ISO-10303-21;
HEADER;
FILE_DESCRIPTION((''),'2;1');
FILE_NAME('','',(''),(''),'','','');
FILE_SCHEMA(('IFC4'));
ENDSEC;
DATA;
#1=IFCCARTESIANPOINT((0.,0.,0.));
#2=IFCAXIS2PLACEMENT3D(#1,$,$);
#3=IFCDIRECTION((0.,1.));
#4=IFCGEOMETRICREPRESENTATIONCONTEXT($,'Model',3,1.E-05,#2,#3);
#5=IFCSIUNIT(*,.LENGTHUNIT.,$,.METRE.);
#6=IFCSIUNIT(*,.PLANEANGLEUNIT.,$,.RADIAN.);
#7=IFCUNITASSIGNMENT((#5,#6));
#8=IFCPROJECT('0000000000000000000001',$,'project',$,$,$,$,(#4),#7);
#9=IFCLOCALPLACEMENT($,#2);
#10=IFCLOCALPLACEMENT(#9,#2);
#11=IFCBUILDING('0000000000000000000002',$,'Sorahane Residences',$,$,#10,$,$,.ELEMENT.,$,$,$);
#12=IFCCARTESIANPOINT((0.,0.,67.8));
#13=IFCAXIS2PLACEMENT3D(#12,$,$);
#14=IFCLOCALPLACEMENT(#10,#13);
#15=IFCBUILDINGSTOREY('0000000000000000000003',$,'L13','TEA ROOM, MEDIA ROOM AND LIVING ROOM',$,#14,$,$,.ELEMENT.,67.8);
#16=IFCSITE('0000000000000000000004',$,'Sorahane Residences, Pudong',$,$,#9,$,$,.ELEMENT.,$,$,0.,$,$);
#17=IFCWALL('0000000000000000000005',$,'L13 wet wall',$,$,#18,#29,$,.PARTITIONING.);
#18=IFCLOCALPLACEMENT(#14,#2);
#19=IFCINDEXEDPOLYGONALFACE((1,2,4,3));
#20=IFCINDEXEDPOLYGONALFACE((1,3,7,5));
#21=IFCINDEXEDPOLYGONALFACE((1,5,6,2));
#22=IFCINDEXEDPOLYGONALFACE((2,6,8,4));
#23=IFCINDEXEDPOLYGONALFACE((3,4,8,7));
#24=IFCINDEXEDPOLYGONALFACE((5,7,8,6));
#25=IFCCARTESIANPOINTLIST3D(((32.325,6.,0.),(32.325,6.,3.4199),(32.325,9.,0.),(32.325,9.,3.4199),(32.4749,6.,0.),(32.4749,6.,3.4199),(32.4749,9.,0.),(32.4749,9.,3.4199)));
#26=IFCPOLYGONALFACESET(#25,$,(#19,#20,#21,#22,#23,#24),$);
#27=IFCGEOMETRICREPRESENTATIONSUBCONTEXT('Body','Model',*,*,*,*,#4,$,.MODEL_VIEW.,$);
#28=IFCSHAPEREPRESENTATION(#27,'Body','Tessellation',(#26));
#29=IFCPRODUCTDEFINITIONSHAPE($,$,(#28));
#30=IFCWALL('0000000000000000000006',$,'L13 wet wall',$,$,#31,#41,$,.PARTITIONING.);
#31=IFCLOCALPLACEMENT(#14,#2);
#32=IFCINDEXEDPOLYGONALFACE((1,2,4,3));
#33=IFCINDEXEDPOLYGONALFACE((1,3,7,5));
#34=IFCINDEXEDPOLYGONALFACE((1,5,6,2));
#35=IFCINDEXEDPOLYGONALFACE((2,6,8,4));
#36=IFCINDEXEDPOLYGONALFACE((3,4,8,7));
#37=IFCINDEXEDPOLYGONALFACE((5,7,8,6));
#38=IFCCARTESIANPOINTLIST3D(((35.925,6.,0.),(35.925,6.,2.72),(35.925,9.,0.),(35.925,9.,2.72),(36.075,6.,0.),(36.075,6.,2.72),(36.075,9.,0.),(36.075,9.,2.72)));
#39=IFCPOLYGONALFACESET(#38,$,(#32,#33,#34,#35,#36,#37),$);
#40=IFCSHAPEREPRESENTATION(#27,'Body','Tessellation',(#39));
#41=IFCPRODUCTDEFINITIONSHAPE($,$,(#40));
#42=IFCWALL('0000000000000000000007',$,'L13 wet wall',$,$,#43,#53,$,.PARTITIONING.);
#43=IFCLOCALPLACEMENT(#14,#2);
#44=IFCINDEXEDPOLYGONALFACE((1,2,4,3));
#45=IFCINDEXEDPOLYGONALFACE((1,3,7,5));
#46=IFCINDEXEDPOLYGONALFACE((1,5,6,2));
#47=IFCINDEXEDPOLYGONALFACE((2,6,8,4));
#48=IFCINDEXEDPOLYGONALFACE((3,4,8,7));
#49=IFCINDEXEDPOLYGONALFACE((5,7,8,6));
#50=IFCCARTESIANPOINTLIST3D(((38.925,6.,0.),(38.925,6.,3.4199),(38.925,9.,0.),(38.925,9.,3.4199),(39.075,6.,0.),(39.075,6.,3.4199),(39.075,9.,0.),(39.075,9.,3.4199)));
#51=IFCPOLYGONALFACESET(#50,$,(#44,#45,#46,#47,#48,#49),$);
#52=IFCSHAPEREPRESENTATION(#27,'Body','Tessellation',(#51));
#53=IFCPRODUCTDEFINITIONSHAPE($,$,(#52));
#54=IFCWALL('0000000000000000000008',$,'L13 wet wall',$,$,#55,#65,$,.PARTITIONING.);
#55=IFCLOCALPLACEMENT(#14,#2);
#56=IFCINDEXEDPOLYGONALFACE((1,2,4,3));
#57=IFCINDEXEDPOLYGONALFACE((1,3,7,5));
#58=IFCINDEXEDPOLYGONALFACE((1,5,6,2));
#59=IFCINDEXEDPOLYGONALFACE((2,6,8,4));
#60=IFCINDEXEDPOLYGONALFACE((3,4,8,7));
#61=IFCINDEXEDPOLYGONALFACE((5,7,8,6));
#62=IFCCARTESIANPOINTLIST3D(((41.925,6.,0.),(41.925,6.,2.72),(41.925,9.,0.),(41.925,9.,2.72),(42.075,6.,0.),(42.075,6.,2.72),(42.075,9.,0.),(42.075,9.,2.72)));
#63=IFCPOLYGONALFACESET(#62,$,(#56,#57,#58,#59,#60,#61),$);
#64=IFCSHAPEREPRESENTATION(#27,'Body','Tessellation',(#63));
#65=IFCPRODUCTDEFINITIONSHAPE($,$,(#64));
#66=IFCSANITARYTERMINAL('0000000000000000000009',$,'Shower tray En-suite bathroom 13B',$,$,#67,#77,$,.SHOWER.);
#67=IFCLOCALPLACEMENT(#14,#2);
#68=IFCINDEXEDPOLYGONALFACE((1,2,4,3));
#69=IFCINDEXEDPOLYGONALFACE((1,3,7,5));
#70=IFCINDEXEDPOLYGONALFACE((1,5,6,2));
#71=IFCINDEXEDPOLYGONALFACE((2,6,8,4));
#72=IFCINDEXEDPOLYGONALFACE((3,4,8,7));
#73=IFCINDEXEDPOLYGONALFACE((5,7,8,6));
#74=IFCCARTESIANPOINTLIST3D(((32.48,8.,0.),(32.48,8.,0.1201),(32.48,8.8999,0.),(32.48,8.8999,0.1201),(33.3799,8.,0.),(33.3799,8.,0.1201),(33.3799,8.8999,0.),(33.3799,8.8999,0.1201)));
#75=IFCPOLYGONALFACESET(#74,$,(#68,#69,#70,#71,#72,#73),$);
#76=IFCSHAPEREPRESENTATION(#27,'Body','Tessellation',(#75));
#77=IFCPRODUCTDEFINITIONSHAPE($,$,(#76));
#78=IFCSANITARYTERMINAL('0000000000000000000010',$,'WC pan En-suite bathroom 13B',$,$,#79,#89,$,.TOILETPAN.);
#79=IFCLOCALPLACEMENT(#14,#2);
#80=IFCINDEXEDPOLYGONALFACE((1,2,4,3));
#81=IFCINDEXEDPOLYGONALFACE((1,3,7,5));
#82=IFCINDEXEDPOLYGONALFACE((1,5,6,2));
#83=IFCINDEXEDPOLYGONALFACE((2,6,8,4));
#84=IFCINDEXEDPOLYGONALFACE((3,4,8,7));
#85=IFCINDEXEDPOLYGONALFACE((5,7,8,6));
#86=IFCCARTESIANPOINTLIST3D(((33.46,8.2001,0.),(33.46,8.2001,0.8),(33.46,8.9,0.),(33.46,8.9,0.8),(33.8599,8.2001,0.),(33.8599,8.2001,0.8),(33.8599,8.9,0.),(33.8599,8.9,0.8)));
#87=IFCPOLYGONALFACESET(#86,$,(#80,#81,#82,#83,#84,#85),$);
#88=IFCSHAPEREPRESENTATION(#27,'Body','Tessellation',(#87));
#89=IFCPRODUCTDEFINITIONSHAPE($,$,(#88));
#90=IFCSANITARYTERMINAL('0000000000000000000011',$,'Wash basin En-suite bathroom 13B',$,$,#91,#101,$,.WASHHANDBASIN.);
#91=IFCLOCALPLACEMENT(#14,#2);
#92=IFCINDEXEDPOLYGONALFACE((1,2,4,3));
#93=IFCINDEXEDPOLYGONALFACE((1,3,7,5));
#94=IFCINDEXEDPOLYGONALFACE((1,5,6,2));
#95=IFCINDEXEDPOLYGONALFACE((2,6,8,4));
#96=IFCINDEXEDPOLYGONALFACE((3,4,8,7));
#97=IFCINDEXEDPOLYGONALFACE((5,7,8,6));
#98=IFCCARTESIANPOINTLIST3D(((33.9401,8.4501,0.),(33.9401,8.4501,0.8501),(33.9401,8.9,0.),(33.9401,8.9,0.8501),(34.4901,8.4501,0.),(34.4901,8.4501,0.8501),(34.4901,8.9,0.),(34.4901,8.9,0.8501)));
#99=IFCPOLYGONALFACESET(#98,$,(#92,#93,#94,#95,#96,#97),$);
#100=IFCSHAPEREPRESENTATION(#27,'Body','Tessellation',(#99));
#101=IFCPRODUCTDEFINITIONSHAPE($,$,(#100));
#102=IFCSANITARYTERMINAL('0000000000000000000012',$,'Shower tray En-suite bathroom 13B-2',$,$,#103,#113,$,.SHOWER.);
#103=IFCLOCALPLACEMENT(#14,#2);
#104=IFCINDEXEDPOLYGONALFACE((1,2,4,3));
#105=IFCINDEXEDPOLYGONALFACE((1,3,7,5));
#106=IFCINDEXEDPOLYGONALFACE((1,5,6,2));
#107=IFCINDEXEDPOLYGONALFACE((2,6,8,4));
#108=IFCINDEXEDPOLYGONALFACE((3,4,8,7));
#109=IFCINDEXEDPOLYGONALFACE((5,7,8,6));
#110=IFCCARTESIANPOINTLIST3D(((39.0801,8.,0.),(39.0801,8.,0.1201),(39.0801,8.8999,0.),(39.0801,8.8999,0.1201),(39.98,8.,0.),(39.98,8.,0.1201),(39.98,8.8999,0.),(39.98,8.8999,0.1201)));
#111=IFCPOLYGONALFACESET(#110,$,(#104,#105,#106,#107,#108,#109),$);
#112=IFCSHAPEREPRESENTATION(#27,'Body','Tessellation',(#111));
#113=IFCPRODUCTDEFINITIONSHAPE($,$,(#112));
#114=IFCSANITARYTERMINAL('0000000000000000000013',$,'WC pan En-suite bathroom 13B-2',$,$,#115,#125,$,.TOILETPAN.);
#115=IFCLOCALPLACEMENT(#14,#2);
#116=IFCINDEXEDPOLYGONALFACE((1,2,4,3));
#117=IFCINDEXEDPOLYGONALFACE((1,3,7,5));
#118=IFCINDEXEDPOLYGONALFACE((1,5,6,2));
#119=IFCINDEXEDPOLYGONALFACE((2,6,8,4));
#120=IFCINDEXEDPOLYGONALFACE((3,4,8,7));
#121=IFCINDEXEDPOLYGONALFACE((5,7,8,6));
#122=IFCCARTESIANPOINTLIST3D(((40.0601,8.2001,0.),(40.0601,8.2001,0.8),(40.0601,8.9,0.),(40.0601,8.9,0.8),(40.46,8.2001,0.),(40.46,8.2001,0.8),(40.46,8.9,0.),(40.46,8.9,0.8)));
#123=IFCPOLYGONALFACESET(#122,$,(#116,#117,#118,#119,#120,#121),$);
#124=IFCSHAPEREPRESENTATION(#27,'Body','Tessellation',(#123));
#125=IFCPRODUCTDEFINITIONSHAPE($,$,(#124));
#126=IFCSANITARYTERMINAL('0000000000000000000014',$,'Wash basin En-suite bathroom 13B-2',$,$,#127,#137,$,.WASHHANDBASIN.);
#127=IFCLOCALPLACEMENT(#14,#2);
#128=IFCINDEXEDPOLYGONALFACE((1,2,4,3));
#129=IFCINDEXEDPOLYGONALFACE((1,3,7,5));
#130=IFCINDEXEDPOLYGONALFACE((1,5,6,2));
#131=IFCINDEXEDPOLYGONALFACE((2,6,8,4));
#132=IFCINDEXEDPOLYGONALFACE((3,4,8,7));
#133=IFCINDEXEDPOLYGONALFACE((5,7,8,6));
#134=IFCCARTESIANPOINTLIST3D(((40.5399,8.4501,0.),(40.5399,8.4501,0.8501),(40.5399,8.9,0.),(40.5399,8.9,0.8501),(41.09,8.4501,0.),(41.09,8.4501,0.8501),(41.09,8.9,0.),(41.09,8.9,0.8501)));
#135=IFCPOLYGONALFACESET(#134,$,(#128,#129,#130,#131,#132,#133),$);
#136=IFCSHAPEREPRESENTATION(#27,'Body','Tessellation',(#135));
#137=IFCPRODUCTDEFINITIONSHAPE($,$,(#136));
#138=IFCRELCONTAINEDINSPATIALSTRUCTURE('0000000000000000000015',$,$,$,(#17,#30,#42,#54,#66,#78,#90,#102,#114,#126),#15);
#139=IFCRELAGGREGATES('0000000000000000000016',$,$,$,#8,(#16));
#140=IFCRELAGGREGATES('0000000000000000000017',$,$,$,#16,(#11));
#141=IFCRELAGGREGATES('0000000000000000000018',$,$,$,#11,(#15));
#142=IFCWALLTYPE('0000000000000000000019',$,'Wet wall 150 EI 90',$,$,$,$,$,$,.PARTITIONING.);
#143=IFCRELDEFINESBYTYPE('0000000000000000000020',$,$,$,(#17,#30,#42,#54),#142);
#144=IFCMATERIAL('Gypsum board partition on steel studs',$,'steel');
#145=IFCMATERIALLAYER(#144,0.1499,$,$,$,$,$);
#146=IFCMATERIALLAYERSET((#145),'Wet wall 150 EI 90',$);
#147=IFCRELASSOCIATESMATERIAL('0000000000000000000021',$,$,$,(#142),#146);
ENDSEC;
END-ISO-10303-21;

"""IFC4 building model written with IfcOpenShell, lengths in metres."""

from ifc_helpers import new_model, si_unit, direction, frame, frame_2d, origin, origin_2d, place, context, subcontext, project, spatial, rectangle, extrude, material, layer, layer_set, type_object, element, save


model = new_model("IFC4")

# Units and contexts
model_context = context("Model", 3, precision=1e-05, world=origin(), true_north=direction((0.0, 1.0)))
body_context = subcontext(model_context, "Body", "Model", "MODEL_VIEW")
ifc_project = project(units=[si_unit("LENGTHUNIT", "METRE"), si_unit("PLANEANGLEUNIT", "RADIAN")], contexts=[model_context])

# Site, building, storey
site_placement = place(None, origin())
site = spatial("IfcSite", under=ifc_project, at=site_placement, Name="Sorahane Residences, Pudong", CompositionType="ELEMENT", RefElevation=0.0)
building_placement = place(site_placement, origin())
building = spatial("IfcBuilding", under=site, at=building_placement, Name="Sorahane Residences", CompositionType="ELEMENT")
storey_placement = place(building_placement, frame((0.0, 0.0, 67.8)))
storey = spatial("IfcBuildingStorey", under=building, at=storey_placement, Name="L13", Description="TEA ROOM, MEDIA ROOM AND LIVING ROOM", CompositionType="ELEMENT", Elevation=67.8)

# Walls
ifc_material_1 = material(Name="Gypsum board partition on steel studs", Category="steel")
ifc_layer_1 = layer(ifc_material_1, 0.1499)
ifc_layer_set_1 = layer_set([ifc_layer_1], Name="Wet wall 150 EI 90")
wall_type_1 = type_object("IfcWallType", Name="Wet wall 150 EI 90", PredefinedType="PARTITIONING", material=ifc_layer_set_1)
wall_1_placement = place(storey_placement, frame((32.3999, 6.0, 0.0), z_axis=(0.0, 0.0, 1.0), x_axis=(0.0, 1.0, 0.0)))
element("IfcWall", 1, at=wall_1_placement, inside=storey, type_object=wall_type_1, Name="L13 wet wall", PredefinedType="PARTITIONING", context=body_context, shape_type="SweptSolid", body=[
    extrude(rectangle(XDim=3.0, YDim=0.1499, at=frame_2d((1.5, 0.0))), origin(), (0.0, 0.0, 1.0), 3.4199),
])
wall_2_placement = place(storey_placement, frame((36.0, 6.0, 0.0), z_axis=(0.0, 0.0, 1.0), x_axis=(0.0, 1.0, 0.0)))
element("IfcWall", 2, at=wall_2_placement, inside=storey, type_object=wall_type_1, Name="L13 wet wall", PredefinedType="PARTITIONING", context=body_context, shape_type="SweptSolid", body=[
    extrude(rectangle(XDim=3.0, YDim=0.1499, at=frame_2d((1.5, 0.0))), origin(), (0.0, 0.0, 1.0), 2.72),
])
wall_3_placement = place(storey_placement, frame((39.0, 6.0, 0.0), z_axis=(0.0, 0.0, 1.0), x_axis=(0.0, 1.0, 0.0)))
element("IfcWall", 3, at=wall_3_placement, inside=storey, type_object=wall_type_1, Name="L13 wet wall", PredefinedType="PARTITIONING", context=body_context, shape_type="SweptSolid", body=[
    extrude(rectangle(XDim=3.0, YDim=0.1499, at=frame_2d((1.5, 0.0))), origin(), (0.0, 0.0, 1.0), 3.4199),
])
wall_4_placement = place(storey_placement, frame((42.0, 6.0, 0.0), z_axis=(0.0, 0.0, 1.0), x_axis=(0.0, 1.0, 0.0)))
element("IfcWall", 4, at=wall_4_placement, inside=storey, type_object=wall_type_1, Name="L13 wet wall", PredefinedType="PARTITIONING", context=body_context, shape_type="SweptSolid", body=[
    extrude(rectangle(XDim=3.0, YDim=0.1499, at=frame_2d((1.5, 0.0))), origin(), (0.0, 0.0, 1.0), 2.72),
])

# Sanitary terminals
sanitary_terminal_1_placement = place(storey_placement, frame((32.9299, 8.45, 0.0), z_axis=(0.0, 0.0, 1.0), x_axis=(1.0, 0.0, 0.0)))
element("IfcSanitaryTerminal", 5, at=sanitary_terminal_1_placement, inside=storey, Name="Shower tray En-suite bathroom 13B", PredefinedType="SHOWER", context=body_context, shape_type="SweptSolid", body=[
    extrude(rectangle(XDim=0.8999, YDim=0.8999, at=origin_2d()), origin(), (0.0, 0.0, 1.0), 0.1201),
])
sanitary_terminal_2_placement = place(storey_placement, frame((33.6599, 8.55, 0.0), z_axis=(0.0, 0.0, 1.0), x_axis=(1.0, 0.0, 0.0)))
element("IfcSanitaryTerminal", 6, at=sanitary_terminal_2_placement, inside=storey, Name="WC pan En-suite bathroom 13B", PredefinedType="TOILETPAN", context=body_context, shape_type="SweptSolid", body=[
    extrude(rectangle(XDim=0.3999, YDim=0.7, at=origin_2d()), origin(), (0.0, 0.0, 1.0), 0.8),
])
sanitary_terminal_3_placement = place(storey_placement, frame((34.2151, 8.675, 0.0), z_axis=(0.0, 0.0, 1.0), x_axis=(1.0, 0.0, 0.0)))
element("IfcSanitaryTerminal", 7, at=sanitary_terminal_3_placement, inside=storey, Name="Wash basin En-suite bathroom 13B", PredefinedType="WASHHANDBASIN", context=body_context, shape_type="SweptSolid", body=[
    extrude(rectangle(XDim=0.55, YDim=0.45, at=origin_2d()), origin(), (0.0, 0.0, 1.0), 0.8501),
])
sanitary_terminal_4_placement = place(storey_placement, frame((39.53, 8.45, 0.0), z_axis=(0.0, 0.0, 1.0), x_axis=(1.0, 0.0, 0.0)))
element("IfcSanitaryTerminal", 8, at=sanitary_terminal_4_placement, inside=storey, Name="Shower tray En-suite bathroom 13B-2", PredefinedType="SHOWER", context=body_context, shape_type="SweptSolid", body=[
    extrude(rectangle(XDim=0.8999, YDim=0.8999, at=origin_2d()), origin(), (0.0, 0.0, 1.0), 0.1201),
])
sanitary_terminal_5_placement = place(storey_placement, frame((40.26, 8.55, 0.0), z_axis=(0.0, 0.0, 1.0), x_axis=(1.0, 0.0, 0.0)))
element("IfcSanitaryTerminal", 9, at=sanitary_terminal_5_placement, inside=storey, Name="WC pan En-suite bathroom 13B-2", PredefinedType="TOILETPAN", context=body_context, shape_type="SweptSolid", body=[
    extrude(rectangle(XDim=0.3999, YDim=0.7, at=origin_2d()), origin(), (0.0, 0.0, 1.0), 0.8),
])
sanitary_terminal_6_placement = place(storey_placement, frame((40.8149, 8.675, 0.0), z_axis=(0.0, 0.0, 1.0), x_axis=(1.0, 0.0, 0.0)))
element("IfcSanitaryTerminal", 10, at=sanitary_terminal_6_placement, inside=storey, Name="Wash basin En-suite bathroom 13B-2", PredefinedType="WASHHANDBASIN", context=body_context, shape_type="SweptSolid", body=[
    extrude(rectangle(XDim=0.55, YDim=0.45, at=origin_2d()), origin(), (0.0, 0.0, 1.0), 0.8501),
])

save(model, "model.ifc")
